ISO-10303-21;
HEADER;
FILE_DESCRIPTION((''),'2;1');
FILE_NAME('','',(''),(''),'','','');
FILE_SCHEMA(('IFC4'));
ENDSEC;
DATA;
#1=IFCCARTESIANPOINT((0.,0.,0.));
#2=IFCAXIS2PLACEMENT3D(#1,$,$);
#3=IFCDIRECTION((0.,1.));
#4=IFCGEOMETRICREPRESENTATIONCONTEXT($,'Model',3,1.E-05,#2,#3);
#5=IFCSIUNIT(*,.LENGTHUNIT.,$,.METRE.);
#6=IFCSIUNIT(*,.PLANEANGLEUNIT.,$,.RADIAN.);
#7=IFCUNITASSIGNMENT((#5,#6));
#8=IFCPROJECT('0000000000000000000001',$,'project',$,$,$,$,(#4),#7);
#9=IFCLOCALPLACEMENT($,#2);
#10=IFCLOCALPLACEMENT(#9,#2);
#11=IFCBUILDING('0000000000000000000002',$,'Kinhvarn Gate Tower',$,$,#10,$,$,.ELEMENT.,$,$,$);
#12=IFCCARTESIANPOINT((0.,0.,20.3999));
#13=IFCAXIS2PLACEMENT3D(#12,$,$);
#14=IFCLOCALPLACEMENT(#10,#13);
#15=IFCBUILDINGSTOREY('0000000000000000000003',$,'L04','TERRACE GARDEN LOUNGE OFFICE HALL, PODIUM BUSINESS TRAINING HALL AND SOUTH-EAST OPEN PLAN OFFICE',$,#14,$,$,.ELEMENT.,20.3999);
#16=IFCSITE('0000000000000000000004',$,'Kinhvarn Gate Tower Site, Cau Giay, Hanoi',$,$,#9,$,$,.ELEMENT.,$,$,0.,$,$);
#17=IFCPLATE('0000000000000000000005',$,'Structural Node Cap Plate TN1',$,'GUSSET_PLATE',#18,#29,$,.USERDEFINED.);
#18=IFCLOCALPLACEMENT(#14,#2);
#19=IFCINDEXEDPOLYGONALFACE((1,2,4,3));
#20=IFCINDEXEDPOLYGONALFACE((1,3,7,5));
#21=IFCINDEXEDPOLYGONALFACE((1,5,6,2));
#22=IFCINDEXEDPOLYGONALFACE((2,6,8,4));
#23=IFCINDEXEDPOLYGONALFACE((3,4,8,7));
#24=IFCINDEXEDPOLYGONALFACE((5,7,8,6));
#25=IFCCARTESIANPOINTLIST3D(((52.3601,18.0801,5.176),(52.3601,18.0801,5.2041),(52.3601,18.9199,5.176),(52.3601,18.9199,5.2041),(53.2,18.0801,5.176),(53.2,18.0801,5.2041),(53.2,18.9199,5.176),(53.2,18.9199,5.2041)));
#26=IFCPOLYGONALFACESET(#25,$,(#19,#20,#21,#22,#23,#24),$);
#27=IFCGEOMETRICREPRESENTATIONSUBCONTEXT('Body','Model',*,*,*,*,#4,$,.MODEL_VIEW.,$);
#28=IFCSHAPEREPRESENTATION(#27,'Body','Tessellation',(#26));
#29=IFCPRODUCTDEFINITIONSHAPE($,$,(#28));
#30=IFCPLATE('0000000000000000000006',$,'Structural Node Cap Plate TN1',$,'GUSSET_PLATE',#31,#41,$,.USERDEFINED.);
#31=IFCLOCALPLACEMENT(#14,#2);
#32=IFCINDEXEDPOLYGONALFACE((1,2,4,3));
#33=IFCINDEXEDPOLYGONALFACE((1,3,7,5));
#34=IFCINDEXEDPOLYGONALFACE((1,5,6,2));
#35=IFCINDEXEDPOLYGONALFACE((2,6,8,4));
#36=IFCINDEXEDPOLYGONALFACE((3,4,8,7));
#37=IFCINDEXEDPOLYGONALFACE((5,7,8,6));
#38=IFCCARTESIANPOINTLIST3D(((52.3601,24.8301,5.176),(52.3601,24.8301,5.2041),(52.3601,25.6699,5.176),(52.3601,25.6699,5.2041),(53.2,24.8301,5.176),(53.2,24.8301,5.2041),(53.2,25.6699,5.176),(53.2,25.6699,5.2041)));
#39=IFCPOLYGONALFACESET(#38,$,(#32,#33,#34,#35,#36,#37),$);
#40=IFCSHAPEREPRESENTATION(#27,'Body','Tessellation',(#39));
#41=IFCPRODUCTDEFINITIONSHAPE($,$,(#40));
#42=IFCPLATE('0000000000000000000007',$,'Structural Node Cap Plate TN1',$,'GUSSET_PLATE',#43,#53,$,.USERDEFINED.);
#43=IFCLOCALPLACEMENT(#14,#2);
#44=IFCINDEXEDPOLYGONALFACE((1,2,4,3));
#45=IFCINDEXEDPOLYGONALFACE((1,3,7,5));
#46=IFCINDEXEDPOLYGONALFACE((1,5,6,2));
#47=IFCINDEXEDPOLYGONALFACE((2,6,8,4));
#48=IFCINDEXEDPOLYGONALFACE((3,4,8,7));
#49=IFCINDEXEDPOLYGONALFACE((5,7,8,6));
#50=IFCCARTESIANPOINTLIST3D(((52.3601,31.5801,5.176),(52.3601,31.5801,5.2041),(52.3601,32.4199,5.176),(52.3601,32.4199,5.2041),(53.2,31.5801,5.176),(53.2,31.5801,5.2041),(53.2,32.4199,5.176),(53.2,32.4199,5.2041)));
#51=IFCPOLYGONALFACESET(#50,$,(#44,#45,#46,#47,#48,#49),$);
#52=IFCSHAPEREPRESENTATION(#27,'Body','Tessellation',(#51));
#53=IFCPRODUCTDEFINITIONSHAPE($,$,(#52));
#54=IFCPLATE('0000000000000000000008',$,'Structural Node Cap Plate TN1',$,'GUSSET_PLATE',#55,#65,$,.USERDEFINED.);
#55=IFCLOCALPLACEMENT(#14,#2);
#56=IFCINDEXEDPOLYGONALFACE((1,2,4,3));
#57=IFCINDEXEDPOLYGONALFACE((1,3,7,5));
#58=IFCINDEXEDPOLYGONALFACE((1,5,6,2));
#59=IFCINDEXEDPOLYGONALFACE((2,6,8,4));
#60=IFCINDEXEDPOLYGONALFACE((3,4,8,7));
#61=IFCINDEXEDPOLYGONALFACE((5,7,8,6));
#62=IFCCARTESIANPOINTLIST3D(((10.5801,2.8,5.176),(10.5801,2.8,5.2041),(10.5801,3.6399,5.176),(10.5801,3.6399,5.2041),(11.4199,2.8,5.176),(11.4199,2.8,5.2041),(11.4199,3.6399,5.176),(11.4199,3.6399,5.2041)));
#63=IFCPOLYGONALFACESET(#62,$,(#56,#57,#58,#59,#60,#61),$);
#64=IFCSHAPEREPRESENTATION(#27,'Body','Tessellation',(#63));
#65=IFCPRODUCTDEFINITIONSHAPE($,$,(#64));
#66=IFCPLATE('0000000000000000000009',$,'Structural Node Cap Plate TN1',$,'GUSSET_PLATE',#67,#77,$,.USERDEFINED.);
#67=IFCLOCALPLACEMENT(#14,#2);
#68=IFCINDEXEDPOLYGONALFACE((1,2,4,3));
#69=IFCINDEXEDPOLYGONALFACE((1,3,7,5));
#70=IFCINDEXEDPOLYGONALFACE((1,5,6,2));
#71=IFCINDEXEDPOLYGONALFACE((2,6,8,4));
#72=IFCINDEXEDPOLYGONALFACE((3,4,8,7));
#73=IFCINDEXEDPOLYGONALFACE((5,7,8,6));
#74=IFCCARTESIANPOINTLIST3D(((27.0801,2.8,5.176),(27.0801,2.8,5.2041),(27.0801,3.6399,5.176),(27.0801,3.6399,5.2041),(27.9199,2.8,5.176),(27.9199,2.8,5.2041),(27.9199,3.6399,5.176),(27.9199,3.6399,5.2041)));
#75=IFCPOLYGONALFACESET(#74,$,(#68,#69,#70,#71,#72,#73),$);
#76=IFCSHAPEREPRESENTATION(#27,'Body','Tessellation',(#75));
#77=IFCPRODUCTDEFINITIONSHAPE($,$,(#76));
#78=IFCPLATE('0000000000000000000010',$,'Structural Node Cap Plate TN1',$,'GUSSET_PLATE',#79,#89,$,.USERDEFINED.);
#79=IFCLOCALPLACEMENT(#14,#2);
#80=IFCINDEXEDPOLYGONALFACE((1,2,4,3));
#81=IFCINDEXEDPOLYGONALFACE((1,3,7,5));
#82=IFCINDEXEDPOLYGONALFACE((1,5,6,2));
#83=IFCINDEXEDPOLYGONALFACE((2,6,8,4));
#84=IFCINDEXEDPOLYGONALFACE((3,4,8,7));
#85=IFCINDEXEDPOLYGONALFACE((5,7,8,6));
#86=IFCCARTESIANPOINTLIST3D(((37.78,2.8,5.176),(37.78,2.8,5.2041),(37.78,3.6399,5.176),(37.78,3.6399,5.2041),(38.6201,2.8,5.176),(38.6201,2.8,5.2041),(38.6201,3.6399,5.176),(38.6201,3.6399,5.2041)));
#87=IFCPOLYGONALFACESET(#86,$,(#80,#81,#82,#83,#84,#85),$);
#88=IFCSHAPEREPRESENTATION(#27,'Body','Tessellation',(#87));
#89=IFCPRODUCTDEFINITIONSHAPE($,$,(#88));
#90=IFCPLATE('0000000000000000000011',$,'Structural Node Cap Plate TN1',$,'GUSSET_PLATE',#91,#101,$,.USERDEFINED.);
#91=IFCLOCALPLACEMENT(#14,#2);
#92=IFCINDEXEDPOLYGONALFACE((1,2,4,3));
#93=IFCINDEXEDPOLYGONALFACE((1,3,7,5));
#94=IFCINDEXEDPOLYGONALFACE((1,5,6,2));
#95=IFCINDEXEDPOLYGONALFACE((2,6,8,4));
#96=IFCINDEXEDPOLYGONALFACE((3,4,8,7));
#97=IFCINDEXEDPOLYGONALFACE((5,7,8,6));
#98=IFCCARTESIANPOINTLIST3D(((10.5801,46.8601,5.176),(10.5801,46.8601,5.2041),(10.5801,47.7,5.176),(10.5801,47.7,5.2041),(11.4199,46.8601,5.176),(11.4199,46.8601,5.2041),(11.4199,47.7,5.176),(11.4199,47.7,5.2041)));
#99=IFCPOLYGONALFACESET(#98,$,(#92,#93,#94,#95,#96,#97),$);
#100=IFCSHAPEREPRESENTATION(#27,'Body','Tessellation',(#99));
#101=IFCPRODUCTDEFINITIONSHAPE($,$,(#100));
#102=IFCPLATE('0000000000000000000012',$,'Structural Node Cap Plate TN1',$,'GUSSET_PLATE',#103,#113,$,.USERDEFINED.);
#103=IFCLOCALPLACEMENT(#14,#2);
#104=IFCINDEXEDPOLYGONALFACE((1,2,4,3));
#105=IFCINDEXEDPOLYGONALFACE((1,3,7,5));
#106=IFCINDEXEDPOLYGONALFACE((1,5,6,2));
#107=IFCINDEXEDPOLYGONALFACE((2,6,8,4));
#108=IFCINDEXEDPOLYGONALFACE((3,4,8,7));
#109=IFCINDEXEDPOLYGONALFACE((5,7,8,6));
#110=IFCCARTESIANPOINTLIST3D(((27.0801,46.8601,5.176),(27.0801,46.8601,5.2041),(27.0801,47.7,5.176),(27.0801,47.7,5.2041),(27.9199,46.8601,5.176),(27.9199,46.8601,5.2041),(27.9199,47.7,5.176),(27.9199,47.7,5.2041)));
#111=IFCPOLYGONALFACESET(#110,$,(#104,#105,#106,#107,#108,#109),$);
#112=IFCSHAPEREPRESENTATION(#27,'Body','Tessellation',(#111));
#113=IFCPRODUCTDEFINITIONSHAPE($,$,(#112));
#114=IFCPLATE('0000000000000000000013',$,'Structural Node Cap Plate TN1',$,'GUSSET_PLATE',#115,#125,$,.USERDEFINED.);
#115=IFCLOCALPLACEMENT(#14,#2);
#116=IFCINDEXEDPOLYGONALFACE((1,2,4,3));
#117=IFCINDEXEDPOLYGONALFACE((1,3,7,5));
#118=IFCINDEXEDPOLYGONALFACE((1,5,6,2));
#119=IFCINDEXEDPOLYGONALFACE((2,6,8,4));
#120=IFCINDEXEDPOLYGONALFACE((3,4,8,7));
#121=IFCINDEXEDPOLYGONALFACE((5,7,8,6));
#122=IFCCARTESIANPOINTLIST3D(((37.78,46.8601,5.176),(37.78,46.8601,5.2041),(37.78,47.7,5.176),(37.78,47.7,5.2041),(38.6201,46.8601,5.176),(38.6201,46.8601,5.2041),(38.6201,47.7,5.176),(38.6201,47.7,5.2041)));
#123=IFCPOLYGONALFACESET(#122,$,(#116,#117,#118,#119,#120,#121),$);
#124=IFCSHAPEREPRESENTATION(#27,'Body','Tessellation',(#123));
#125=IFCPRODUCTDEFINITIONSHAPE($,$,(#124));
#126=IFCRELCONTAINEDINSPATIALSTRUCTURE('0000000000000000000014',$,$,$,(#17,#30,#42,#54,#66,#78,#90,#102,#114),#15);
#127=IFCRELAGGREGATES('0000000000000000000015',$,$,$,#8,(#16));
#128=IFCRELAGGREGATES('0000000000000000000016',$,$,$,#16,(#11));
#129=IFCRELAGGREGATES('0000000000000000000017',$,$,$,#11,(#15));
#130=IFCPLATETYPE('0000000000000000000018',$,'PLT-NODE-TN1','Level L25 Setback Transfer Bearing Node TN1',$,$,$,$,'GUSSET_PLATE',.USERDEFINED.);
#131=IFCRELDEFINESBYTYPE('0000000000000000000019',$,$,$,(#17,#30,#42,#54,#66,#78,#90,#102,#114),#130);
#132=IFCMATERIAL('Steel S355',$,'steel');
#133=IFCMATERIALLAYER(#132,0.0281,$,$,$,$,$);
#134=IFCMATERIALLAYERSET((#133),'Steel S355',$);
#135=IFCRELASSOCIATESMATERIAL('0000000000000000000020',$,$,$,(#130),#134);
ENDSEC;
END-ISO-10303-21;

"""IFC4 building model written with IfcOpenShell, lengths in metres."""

from ifc_helpers import new_model, si_unit, direction, frame, origin, place, context, subcontext, project, spatial, polyline, outline, extrude, material, layer, layer_set, type_object, element, save


model = new_model("IFC4")

# Units and contexts
model_context = context("Model", 3, precision=1e-05, world=origin(), true_north=direction((0.0, 1.0)))
body_context = subcontext(model_context, "Body", "Model", "MODEL_VIEW")
ifc_project = project(units=[si_unit("LENGTHUNIT", "METRE"), si_unit("PLANEANGLEUNIT", "RADIAN")], contexts=[model_context])

# Site, building, storey
site_placement = place(None, origin())
site = spatial("IfcSite", under=ifc_project, at=site_placement, Name="Kinhvarn Gate Tower Site, Cau Giay, Hanoi", CompositionType="ELEMENT", RefElevation=0.0)
building_placement = place(site_placement, origin())
building = spatial("IfcBuilding", under=site, at=building_placement, Name="Kinhvarn Gate Tower", CompositionType="ELEMENT")
storey_placement = place(building_placement, frame((0.0, 0.0, 20.3999)))
storey = spatial("IfcBuildingStorey", under=building, at=storey_placement, Name="L04", Description="TERRACE GARDEN LOUNGE OFFICE HALL, PODIUM BUSINESS TRAINING HALL AND SOUTH-EAST OPEN PLAN OFFICE", CompositionType="ELEMENT", Elevation=20.3999)

# Shared definitions
ifc_material_1 = material(Name="Steel S355", Category="steel")

# Plates
ifc_layer_1 = layer(ifc_material_1, 0.0281)
ifc_layer_set_1 = layer_set([ifc_layer_1], Name="Steel S355")
plate_type_1 = type_object("IfcPlateType", Name="PLT-NODE-TN1", Description="Level L25 Setback Transfer Bearing Node TN1", ElementType="GUSSET_PLATE", PredefinedType="USERDEFINED", material=ifc_layer_set_1)
plate_1_placement = place(storey_placement, frame((0.0, 0.0, 5.176)))
element("IfcPlate", 1, at=plate_1_placement, inside=storey, type_object=plate_type_1, Name="Structural Node Cap Plate TN1", ObjectType="GUSSET_PLATE", PredefinedType="USERDEFINED", context=body_context, shape_type="SweptSolid", body=[
    extrude(outline(polyline([(52.3601, 18.0801), (53.2, 18.0801), (53.2, 18.9199), (52.3601, 18.9199), (52.3601, 18.0801)])), origin(), (0.0, 0.0, 1.0), 0.0281),
])
plate_2_placement = place(storey_placement, frame((0.0, 0.0, 5.176)))
element("IfcPlate", 2, at=plate_2_placement, inside=storey, type_object=plate_type_1, Name="Structural Node Cap Plate TN1", ObjectType="GUSSET_PLATE", PredefinedType="USERDEFINED", context=body_context, shape_type="SweptSolid", body=[
    extrude(outline(polyline([(52.3601, 24.8301), (53.2, 24.8301), (53.2, 25.6699), (52.3601, 25.6699), (52.3601, 24.8301)])), origin(), (0.0, 0.0, 1.0), 0.0281),
])
plate_3_placement = place(storey_placement, frame((0.0, 0.0, 5.176)))
element("IfcPlate", 3, at=plate_3_placement, inside=storey, type_object=plate_type_1, Name="Structural Node Cap Plate TN1", ObjectType="GUSSET_PLATE", PredefinedType="USERDEFINED", context=body_context, shape_type="SweptSolid", body=[
    extrude(outline(polyline([(52.3601, 31.5801), (53.2, 31.5801), (53.2, 32.4199), (52.3601, 32.4199), (52.3601, 31.5801)])), origin(), (0.0, 0.0, 1.0), 0.0281),
])
plate_4_placement = place(storey_placement, frame((0.0, 0.0, 5.176)))
element("IfcPlate", 4, at=plate_4_placement, inside=storey, type_object=plate_type_1, Name="Structural Node Cap Plate TN1", ObjectType="GUSSET_PLATE", PredefinedType="USERDEFINED", context=body_context, shape_type="SweptSolid", body=[
    extrude(outline(polyline([(10.5801, 2.8), (11.4199, 2.8), (11.4199, 3.6399), (10.5801, 3.6399), (10.5801, 2.8)])), origin(), (0.0, 0.0, 1.0), 0.0281),
])
plate_5_placement = place(storey_placement, frame((0.0, 0.0, 5.176)))
element("IfcPlate", 5, at=plate_5_placement, inside=storey, type_object=plate_type_1, Name="Structural Node Cap Plate TN1", ObjectType="GUSSET_PLATE", PredefinedType="USERDEFINED", context=body_context, shape_type="SweptSolid", body=[
    extrude(outline(polyline([(27.0801, 2.8), (27.9199, 2.8), (27.9199, 3.6399), (27.0801, 3.6399), (27.0801, 2.8)])), origin(), (0.0, 0.0, 1.0), 0.0281),
])
plate_6_placement = place(storey_placement, frame((0.0, 0.0, 5.176)))
element("IfcPlate", 6, at=plate_6_placement, inside=storey, type_object=plate_type_1, Name="Structural Node Cap Plate TN1", ObjectType="GUSSET_PLATE", PredefinedType="USERDEFINED", context=body_context, shape_type="SweptSolid", body=[
    extrude(outline(polyline([(37.78, 2.8), (38.6201, 2.8), (38.6201, 3.6399), (37.78, 3.6399), (37.78, 2.8)])), origin(), (0.0, 0.0, 1.0), 0.0281),
])
plate_7_placement = place(storey_placement, frame((0.0, 0.0, 5.176)))
element("IfcPlate", 7, at=plate_7_placement, inside=storey, type_object=plate_type_1, Name="Structural Node Cap Plate TN1", ObjectType="GUSSET_PLATE", PredefinedType="USERDEFINED", context=body_context, shape_type="SweptSolid", body=[
    extrude(outline(polyline([(10.5801, 46.8601), (11.4199, 46.8601), (11.4199, 47.7), (10.5801, 47.7), (10.5801, 46.8601)])), origin(), (0.0, 0.0, 1.0), 0.0281),
])
plate_8_placement = place(storey_placement, frame((0.0, 0.0, 5.176)))
element("IfcPlate", 8, at=plate_8_placement, inside=storey, type_object=plate_type_1, Name="Structural Node Cap Plate TN1", ObjectType="GUSSET_PLATE", PredefinedType="USERDEFINED", context=body_context, shape_type="SweptSolid", body=[
    extrude(outline(polyline([(27.0801, 46.8601), (27.9199, 46.8601), (27.9199, 47.7), (27.0801, 47.7), (27.0801, 46.8601)])), origin(), (0.0, 0.0, 1.0), 0.0281),
])
plate_9_placement = place(storey_placement, frame((0.0, 0.0, 5.176)))
element("IfcPlate", 9, at=plate_9_placement, inside=storey, type_object=plate_type_1, Name="Structural Node Cap Plate TN1", ObjectType="GUSSET_PLATE", PredefinedType="USERDEFINED", context=body_context, shape_type="SweptSolid", body=[
    extrude(outline(polyline([(37.78, 46.8601), (38.6201, 46.8601), (38.6201, 47.7), (37.78, 47.7), (37.78, 46.8601)])), origin(), (0.0, 0.0, 1.0), 0.0281),
])

save(model, "model.ifc")
